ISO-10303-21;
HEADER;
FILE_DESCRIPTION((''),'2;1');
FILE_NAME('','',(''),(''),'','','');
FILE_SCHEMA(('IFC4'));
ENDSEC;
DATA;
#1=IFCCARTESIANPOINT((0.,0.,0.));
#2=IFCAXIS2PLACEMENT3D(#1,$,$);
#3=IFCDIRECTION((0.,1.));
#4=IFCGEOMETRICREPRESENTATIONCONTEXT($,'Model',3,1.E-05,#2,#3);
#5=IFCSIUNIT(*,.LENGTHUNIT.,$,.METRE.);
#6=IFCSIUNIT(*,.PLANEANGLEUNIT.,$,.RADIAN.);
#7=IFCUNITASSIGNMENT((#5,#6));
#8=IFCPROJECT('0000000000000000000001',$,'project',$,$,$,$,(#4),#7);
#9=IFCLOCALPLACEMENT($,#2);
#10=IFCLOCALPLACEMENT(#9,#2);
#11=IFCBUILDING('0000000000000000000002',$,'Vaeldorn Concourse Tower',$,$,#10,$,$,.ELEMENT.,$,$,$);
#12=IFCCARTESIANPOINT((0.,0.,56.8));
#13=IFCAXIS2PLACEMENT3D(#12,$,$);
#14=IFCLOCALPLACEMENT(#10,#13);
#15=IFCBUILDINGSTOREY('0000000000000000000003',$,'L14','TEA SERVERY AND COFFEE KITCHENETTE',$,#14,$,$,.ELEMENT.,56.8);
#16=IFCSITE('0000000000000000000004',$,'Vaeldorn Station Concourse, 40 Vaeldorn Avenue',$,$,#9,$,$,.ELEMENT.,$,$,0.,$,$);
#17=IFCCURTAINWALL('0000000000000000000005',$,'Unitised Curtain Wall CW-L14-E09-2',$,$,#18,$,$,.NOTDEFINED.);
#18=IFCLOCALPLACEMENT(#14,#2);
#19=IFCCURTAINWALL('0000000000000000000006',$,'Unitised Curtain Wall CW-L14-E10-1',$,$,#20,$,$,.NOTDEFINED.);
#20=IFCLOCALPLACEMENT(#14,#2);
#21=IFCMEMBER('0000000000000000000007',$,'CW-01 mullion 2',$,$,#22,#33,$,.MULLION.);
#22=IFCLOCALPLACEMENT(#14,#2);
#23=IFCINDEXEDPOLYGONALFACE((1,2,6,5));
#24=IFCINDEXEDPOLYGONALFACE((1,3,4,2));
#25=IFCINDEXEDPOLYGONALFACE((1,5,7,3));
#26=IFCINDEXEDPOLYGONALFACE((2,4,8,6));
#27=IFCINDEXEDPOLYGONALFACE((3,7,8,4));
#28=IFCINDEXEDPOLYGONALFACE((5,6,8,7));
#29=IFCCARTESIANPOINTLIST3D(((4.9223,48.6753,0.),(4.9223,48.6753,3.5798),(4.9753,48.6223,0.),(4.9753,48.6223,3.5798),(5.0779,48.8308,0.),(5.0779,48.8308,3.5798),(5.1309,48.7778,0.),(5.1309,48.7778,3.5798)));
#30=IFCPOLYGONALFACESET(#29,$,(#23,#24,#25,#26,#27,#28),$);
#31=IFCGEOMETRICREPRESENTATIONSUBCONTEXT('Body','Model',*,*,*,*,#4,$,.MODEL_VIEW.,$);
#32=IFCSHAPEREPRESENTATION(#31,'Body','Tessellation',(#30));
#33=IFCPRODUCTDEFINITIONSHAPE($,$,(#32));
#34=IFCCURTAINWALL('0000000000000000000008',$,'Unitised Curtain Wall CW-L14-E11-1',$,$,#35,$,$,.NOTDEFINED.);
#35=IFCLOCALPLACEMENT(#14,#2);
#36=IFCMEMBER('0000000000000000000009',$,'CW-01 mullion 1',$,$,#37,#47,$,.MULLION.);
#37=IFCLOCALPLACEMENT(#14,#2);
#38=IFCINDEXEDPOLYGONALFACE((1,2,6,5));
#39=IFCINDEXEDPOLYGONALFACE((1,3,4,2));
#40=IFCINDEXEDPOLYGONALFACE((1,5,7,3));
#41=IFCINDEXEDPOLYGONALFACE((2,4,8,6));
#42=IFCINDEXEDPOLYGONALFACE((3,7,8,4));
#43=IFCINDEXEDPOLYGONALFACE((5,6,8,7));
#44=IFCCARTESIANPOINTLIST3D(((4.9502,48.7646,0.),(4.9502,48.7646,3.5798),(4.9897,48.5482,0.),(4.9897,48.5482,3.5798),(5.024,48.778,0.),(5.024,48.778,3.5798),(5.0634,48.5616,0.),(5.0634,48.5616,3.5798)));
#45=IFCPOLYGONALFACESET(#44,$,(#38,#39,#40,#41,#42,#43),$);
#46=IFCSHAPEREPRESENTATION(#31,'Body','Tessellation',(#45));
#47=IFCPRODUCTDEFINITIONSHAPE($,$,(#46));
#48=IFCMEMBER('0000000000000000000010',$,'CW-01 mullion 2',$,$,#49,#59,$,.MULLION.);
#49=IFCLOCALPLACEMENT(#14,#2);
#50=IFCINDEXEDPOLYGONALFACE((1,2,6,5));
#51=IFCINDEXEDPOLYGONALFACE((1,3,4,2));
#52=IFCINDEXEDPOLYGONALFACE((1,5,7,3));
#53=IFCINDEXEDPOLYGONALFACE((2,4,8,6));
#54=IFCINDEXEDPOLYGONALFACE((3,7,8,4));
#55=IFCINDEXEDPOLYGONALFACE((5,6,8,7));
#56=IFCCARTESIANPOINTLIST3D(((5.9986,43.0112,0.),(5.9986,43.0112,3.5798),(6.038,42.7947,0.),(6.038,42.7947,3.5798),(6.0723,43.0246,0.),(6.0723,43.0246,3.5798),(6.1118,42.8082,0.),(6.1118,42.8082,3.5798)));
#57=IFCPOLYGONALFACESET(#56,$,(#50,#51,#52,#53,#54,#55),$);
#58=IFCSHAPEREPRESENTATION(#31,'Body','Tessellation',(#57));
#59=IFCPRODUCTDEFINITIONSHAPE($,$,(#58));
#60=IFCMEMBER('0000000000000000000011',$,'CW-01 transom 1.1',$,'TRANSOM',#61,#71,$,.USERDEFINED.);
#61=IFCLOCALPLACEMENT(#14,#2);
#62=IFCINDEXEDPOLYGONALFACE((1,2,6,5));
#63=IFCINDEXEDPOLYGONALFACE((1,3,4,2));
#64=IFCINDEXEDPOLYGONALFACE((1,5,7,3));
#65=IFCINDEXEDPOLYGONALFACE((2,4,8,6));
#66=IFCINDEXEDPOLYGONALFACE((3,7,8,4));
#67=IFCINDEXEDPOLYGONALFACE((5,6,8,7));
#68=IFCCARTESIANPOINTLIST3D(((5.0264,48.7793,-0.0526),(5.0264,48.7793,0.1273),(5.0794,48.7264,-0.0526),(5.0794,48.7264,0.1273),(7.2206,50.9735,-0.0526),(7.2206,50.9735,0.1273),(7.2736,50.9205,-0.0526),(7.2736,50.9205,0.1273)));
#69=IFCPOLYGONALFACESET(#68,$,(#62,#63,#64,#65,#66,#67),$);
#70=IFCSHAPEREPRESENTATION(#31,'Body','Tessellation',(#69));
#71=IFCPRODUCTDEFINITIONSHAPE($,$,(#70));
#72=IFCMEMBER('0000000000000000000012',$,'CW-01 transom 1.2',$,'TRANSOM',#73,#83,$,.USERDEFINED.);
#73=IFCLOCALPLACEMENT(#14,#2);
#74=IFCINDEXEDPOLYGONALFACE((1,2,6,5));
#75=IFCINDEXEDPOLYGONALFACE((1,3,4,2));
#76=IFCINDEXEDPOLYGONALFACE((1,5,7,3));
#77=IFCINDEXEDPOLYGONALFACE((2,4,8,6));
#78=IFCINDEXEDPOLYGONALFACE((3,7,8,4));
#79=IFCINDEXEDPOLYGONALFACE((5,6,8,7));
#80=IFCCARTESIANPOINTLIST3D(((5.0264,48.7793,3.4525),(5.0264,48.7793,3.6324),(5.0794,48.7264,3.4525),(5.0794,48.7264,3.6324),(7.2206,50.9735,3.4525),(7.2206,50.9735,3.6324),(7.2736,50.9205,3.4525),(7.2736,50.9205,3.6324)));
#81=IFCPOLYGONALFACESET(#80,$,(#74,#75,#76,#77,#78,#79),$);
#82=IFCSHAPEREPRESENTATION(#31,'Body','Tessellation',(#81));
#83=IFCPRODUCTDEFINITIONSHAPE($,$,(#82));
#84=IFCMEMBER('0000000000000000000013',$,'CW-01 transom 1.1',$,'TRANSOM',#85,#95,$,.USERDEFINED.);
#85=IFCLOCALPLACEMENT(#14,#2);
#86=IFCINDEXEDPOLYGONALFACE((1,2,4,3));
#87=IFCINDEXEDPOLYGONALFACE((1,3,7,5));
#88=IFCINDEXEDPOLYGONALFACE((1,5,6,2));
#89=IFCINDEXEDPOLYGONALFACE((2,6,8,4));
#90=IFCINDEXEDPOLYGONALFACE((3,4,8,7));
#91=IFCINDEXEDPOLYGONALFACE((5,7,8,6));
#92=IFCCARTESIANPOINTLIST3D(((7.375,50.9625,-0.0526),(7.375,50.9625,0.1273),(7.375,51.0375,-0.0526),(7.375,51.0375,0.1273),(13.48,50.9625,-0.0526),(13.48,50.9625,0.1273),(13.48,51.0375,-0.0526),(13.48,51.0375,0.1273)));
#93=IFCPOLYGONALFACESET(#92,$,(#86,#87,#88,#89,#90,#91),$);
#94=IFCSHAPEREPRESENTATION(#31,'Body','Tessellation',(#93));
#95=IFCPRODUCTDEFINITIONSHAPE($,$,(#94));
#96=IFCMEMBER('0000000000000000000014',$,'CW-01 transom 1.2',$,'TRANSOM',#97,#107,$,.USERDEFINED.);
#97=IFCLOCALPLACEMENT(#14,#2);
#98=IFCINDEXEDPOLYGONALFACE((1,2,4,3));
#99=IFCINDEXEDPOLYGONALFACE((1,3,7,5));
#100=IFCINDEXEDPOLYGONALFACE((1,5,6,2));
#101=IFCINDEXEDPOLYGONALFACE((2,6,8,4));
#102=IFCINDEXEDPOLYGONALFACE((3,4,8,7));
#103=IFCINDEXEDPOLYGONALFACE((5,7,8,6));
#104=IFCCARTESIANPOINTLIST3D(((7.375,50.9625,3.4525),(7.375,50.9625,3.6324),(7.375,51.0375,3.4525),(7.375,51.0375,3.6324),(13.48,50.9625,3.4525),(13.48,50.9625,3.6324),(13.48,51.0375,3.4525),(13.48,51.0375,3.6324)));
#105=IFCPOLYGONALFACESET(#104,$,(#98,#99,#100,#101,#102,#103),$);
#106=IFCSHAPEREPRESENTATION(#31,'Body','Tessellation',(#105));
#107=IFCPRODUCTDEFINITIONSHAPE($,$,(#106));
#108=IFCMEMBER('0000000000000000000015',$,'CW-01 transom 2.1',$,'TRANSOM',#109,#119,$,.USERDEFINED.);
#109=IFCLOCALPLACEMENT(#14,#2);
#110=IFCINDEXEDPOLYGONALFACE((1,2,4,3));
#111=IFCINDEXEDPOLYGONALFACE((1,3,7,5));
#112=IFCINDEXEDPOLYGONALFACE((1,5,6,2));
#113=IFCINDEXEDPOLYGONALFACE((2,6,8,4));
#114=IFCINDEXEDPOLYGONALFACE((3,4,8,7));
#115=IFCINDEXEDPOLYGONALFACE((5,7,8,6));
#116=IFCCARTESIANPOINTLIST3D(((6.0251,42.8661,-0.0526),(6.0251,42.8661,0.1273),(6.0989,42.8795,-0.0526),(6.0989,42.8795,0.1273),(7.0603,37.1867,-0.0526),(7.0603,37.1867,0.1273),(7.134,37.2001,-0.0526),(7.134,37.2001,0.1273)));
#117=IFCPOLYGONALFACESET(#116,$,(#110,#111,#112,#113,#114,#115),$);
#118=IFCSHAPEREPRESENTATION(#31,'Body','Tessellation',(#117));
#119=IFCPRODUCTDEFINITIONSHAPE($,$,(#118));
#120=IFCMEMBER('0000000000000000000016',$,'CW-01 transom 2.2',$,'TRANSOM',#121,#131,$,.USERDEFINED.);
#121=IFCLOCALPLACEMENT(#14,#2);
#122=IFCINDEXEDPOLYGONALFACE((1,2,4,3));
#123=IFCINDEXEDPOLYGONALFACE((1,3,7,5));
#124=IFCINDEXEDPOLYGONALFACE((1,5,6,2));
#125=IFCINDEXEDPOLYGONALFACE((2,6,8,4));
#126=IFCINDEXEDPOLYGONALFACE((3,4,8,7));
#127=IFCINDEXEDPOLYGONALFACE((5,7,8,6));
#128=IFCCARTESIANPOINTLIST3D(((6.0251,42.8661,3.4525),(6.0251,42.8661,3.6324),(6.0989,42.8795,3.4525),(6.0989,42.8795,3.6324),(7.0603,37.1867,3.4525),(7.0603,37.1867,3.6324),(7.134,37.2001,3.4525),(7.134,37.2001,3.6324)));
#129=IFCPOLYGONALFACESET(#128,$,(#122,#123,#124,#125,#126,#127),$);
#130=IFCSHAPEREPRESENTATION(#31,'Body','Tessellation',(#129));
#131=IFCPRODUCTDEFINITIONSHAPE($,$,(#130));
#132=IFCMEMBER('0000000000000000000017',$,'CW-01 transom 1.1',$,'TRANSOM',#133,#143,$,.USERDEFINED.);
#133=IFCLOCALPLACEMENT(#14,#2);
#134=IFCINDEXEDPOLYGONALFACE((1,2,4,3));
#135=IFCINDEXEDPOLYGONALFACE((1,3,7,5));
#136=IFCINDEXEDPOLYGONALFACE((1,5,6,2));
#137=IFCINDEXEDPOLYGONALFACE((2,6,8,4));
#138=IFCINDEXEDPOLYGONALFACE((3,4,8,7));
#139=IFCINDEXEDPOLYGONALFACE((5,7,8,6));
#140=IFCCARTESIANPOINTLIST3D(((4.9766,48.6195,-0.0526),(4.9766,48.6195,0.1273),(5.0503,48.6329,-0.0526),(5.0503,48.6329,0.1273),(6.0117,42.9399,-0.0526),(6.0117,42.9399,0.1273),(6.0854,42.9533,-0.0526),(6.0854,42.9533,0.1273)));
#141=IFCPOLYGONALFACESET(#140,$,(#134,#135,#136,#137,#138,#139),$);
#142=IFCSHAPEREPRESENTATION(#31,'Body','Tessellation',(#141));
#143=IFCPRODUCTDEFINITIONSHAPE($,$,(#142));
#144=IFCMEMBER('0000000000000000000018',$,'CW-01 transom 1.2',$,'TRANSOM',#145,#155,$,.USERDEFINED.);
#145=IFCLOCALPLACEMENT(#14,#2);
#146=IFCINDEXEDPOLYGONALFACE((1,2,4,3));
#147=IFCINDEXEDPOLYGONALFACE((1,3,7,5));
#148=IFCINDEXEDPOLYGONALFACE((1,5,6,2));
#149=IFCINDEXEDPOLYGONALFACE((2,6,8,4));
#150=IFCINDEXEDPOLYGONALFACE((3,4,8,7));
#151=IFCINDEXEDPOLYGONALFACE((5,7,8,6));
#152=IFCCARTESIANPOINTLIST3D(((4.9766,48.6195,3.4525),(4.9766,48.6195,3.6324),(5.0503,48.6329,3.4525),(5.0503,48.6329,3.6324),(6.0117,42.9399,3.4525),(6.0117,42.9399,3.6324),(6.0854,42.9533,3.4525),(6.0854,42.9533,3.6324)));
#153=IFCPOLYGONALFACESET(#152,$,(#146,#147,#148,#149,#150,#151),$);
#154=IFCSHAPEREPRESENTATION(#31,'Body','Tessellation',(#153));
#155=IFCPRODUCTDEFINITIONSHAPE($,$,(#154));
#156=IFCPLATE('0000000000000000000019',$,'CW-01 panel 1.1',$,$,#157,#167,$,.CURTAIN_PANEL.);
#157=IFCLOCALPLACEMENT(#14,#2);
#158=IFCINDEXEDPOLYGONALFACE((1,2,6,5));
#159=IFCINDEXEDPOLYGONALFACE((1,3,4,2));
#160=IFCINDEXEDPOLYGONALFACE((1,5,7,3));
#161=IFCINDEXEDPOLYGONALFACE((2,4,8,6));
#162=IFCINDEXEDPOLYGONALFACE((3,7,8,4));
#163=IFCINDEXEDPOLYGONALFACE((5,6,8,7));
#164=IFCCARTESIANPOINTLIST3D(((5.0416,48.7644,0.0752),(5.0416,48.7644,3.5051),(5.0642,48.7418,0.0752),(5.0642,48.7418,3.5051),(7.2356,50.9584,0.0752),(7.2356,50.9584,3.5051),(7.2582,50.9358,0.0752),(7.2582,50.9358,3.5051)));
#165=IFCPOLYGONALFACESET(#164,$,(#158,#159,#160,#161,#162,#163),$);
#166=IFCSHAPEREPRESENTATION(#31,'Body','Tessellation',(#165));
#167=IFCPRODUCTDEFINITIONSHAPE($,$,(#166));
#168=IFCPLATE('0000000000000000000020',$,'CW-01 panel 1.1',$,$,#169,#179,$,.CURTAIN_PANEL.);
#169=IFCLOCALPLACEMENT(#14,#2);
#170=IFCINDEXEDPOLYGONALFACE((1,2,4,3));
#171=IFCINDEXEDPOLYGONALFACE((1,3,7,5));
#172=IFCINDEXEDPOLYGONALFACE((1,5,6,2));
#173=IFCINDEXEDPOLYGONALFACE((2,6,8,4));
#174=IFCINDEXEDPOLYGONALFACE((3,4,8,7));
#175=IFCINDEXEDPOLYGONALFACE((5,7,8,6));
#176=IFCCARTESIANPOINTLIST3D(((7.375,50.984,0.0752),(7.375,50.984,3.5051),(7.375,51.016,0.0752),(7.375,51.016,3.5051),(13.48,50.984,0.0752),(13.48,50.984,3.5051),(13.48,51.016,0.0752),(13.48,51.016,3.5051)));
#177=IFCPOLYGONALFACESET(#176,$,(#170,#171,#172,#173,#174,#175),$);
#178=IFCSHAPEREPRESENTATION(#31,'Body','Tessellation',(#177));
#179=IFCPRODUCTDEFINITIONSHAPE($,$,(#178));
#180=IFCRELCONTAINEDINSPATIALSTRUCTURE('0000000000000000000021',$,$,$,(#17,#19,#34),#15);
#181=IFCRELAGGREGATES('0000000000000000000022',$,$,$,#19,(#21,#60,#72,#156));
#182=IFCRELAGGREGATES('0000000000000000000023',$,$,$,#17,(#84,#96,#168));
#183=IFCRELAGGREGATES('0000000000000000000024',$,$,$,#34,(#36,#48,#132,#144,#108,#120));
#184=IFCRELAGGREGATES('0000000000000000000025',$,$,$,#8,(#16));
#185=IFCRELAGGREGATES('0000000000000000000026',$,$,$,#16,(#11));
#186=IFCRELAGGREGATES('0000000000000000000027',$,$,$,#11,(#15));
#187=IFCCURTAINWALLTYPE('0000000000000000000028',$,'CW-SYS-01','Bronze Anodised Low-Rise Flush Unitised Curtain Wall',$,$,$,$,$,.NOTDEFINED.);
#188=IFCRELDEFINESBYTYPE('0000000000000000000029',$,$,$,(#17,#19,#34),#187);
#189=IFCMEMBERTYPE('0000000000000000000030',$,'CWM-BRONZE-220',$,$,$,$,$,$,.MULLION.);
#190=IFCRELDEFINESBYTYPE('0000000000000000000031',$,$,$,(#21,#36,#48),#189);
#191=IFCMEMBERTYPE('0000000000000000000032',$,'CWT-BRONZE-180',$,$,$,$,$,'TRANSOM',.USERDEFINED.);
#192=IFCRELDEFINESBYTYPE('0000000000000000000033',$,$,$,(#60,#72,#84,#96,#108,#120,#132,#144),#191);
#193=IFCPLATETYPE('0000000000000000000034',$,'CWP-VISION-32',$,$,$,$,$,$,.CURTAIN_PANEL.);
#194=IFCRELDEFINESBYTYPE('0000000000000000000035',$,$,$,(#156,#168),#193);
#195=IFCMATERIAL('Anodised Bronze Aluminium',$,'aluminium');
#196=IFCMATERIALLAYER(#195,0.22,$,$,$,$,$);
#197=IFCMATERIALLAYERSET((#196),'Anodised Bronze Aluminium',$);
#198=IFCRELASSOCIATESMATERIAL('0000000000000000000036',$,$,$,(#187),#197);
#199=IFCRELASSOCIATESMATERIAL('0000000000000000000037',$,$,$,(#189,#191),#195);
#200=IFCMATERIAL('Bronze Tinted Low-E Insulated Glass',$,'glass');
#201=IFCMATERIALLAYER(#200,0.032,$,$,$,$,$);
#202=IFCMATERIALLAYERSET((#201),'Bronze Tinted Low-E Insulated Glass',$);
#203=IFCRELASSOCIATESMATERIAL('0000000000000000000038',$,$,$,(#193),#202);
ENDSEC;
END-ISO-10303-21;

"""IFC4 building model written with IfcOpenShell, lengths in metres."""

from ifc_helpers import new_model, si_unit, direction, frame, origin, origin_2d, place, context, subcontext, project, spatial, rectangle, extrude, source, transform, mapped, material, layer, layer_set, material_profile, profile_set, type_object, element, aggregate, save


model = new_model("IFC4")

# Units and contexts
model_context = context("Model", 3, precision=1e-05, world=origin(), true_north=direction((0.0, 1.0)))
body_context = subcontext(model_context, "Body", "Model", "MODEL_VIEW")
ifc_project = project(units=[si_unit("LENGTHUNIT", "METRE"), si_unit("PLANEANGLEUNIT", "RADIAN")], contexts=[model_context])

# Site, building, storey
site_placement = place(None, origin())
site = spatial("IfcSite", under=ifc_project, at=site_placement, Name="Vaeldorn Station Concourse, 40 Vaeldorn Avenue", CompositionType="ELEMENT", RefElevation=0.0)
building_placement = place(site_placement, origin())
building = spatial("IfcBuilding", under=site, at=building_placement, Name="Vaeldorn Concourse Tower", CompositionType="ELEMENT")
storey_placement = place(building_placement, frame((0.0, 0.0, 56.8)))
storey = spatial("IfcBuildingStorey", under=building, at=storey_placement, Name="L14", Description="TEA SERVERY AND COFFEE KITCHENETTE", CompositionType="ELEMENT", Elevation=56.8)

# Curtain walls, members
ifc_material_1 = material(Name="Anodised Bronze Aluminium", Category="aluminium")
ifc_layer_1 = layer(ifc_material_1, 0.22)
ifc_layer_set_1 = layer_set([ifc_layer_1], Name="Anodised Bronze Aluminium")
curtain_wall_type = type_object("IfcCurtainWallType", Name="CW-SYS-01", Description="Bronze Anodised Low-Rise Flush Unitised Curtain Wall", PredefinedType="NOTDEFINED", material=ifc_layer_set_1)
curtain_wall_1_placement = place(storey_placement, origin())
curtain_wall_1 = element("IfcCurtainWall", 1, at=curtain_wall_1_placement, inside=storey, type_object=curtain_wall_type, Name="Unitised Curtain Wall CW-L14-E09-2", PredefinedType="NOTDEFINED")
ifc_material_profile_1 = material_profile(ifc_material_1, rectangle(XDim=0.075, YDim=0.22, at=origin_2d()), Name="CWM 75x220")
ifc_profile_set_1 = profile_set([ifc_material_profile_1], Name="Anodised Bronze Aluminium")
member_type_1 = type_object("IfcMemberType", Name="CWM-BRONZE-220", PredefinedType="MULLION", material=ifc_profile_set_1)
shared_shape_1 = source(origin(), body_context, "Body", "SweptSolid", [
    extrude(rectangle(XDim=0.075, YDim=0.22, at=origin_2d()), origin(), (0.0, 0.0, 1.0), 3.5798),
])
curtain_wall_2_placement = place(storey_placement, origin())
curtain_wall_2 = element("IfcCurtainWall", 2, at=curtain_wall_2_placement, inside=storey, type_object=curtain_wall_type, Name="Unitised Curtain Wall CW-L14-E10-1", PredefinedType="NOTDEFINED")
member_1_placement = place(storey_placement, frame((5.0266, 48.7266, 0.0), z_axis=(0.0, 0.0, 1.0), x_axis=(0.707107, -0.707107, 0.0)))
member_1 = element("IfcMember", 3, at=member_1_placement, type_object=member_type_1, Name="CW-01 mullion 2", PredefinedType="MULLION", context=body_context, shape_type="MappedRepresentation", body=[
    mapped(shared_shape_1, transform((0.0, 0.0, 0.0), scale=1.0)),
])
curtain_wall_3_placement = place(storey_placement, origin())
curtain_wall_3 = element("IfcCurtainWall", 4, at=curtain_wall_3_placement, inside=storey, type_object=curtain_wall_type, Name="Unitised Curtain Wall CW-L14-E11-1", PredefinedType="NOTDEFINED")
member_2_placement = place(storey_placement, frame((5.0068, 48.6631, 0.0), z_axis=(0.0, 0.0, 1.0), x_axis=(0.983796, 0.179293, 0.0)))
member_2 = element("IfcMember", 5, at=member_2_placement, type_object=member_type_1, Name="CW-01 mullion 1", PredefinedType="MULLION", context=body_context, shape_type="MappedRepresentation", body=[
    mapped(shared_shape_1, transform((0.0, 0.0, 0.0), scale=1.0)),
])
member_3_placement = place(storey_placement, frame((6.0552, 42.9097, 0.0), z_axis=(0.0, 0.0, 1.0), x_axis=(0.983796, 0.179293, 0.0)))
member_3 = element("IfcMember", 6, at=member_3_placement, type_object=member_type_1, Name="CW-01 mullion 2", PredefinedType="MULLION", context=body_context, shape_type="MappedRepresentation", body=[
    mapped(shared_shape_1, transform((0.0, 0.0, 0.0), scale=1.0)),
])

# Members
ifc_material_profile_2 = material_profile(ifc_material_1, rectangle(XDim=0.075, YDim=0.1799, at=origin_2d()), Name="CWT 75x180")
ifc_profile_set_2 = profile_set([ifc_material_profile_2], Name="Anodised Bronze Aluminium")
member_type_2 = type_object("IfcMemberType", Name="CWT-BRONZE-180", ElementType="TRANSOM", PredefinedType="USERDEFINED", material=ifc_profile_set_2)
shared_shape_2 = source(origin(), body_context, "Body", "SweptSolid", [
    extrude(rectangle(XDim=0.075, YDim=0.1799, at=origin_2d()), origin(), (0.0, 0.0, 1.0), 3.103),
])
member_4_placement = place(storey_placement, frame((7.2471, 50.947, 0.0374), z_axis=(-0.707107, -0.707107, 0.0), x_axis=(0.707107, -0.707107, 0.0)))
member_4 = element("IfcMember", 7, at=member_4_placement, type_object=member_type_2, Name="CW-01 transom 1.1", ObjectType="TRANSOM", PredefinedType="USERDEFINED", context=body_context, shape_type="MappedRepresentation", body=[
    mapped(shared_shape_2, transform((0.0, 0.0, 0.0), scale=1.0)),
])
member_5_placement = place(storey_placement, frame((7.2471, 50.947, 3.5425), z_axis=(-0.707107, -0.707107, 0.0), x_axis=(0.707107, -0.707107, 0.0)))
member_5 = element("IfcMember", 8, at=member_5_placement, type_object=member_type_2, Name="CW-01 transom 1.2", ObjectType="TRANSOM", PredefinedType="USERDEFINED", context=body_context, shape_type="MappedRepresentation", body=[
    mapped(shared_shape_2, transform((0.0, 0.0, 0.0), scale=1.0)),
])
shared_shape_3 = source(origin(), body_context, "Body", "SweptSolid", [
    extrude(rectangle(XDim=0.075, YDim=0.1799, at=origin_2d()), origin(), (0.0, 0.0, 1.0), 6.105),
])
member_6_placement = place(storey_placement, frame((13.48, 51.0, 0.0374), z_axis=(-1.0, 0.0, 0.0), x_axis=(0.0, -1.0, 0.0)))
member_6 = element("IfcMember", 9, at=member_6_placement, type_object=member_type_2, Name="CW-01 transom 1.1", ObjectType="TRANSOM", PredefinedType="USERDEFINED", context=body_context, shape_type="MappedRepresentation", body=[
    mapped(shared_shape_3, transform((0.0, 0.0, 0.0), scale=1.0)),
])
member_7_placement = place(storey_placement, frame((13.48, 51.0, 3.5425), z_axis=(-1.0, 0.0, 0.0), x_axis=(0.0, -1.0, 0.0)))
member_7 = element("IfcMember", 10, at=member_7_placement, type_object=member_type_2, Name="CW-01 transom 1.2", ObjectType="TRANSOM", PredefinedType="USERDEFINED", context=body_context, shape_type="MappedRepresentation", body=[
    mapped(shared_shape_3, transform((0.0, 0.0, 0.0), scale=1.0)),
])
shared_shape_4 = source(origin(), body_context, "Body", "SweptSolid", [
    extrude(rectangle(XDim=0.075, YDim=0.1799, at=origin_2d()), origin(), (0.0, 0.0, 1.0), 5.7729),
])
member_8_placement = place(storey_placement, frame((6.062, 42.8728, 0.0374), z_axis=(0.17931, -0.983793, 0.0), x_axis=(0.983793, 0.17931, 0.0)))
member_8 = element("IfcMember", 11, at=member_8_placement, type_object=member_type_2, Name="CW-01 transom 2.1", ObjectType="TRANSOM", PredefinedType="USERDEFINED", context=body_context, shape_type="MappedRepresentation", body=[
    mapped(shared_shape_4, transform((0.0, 0.0, 0.0), scale=1.0)),
])
member_9_placement = place(storey_placement, frame((6.062, 42.8728, 3.5425), z_axis=(0.17931, -0.983793, 0.0), x_axis=(0.983793, 0.17931, 0.0)))
member_9 = element("IfcMember", 12, at=member_9_placement, type_object=member_type_2, Name="CW-01 transom 2.2", ObjectType="TRANSOM", PredefinedType="USERDEFINED", context=body_context, shape_type="MappedRepresentation", body=[
    mapped(shared_shape_4, transform((0.0, 0.0, 0.0), scale=1.0)),
])
shared_shape_5 = source(origin(), body_context, "Body", "SweptSolid", [
    extrude(rectangle(XDim=0.075, YDim=0.1799, at=origin_2d()), origin(), (0.0, 0.0, 1.0), 5.7732),
])
member_10_placement = place(storey_placement, frame((5.0134, 48.6262, 0.0374), z_axis=(0.179302, -0.983794, 0.0), x_axis=(0.983794, 0.179302, 0.0)))
member_10 = element("IfcMember", 13, at=member_10_placement, type_object=member_type_2, Name="CW-01 transom 1.1", ObjectType="TRANSOM", PredefinedType="USERDEFINED", context=body_context, shape_type="MappedRepresentation", body=[
    mapped(shared_shape_5, transform((0.0, 0.0, 0.0), scale=1.0)),
])
member_11_placement = place(storey_placement, frame((5.0134, 48.6262, 3.5425), z_axis=(0.179302, -0.983794, 0.0), x_axis=(0.983794, 0.179302, 0.0)))
member_11 = element("IfcMember", 14, at=member_11_placement, type_object=member_type_2, Name="CW-01 transom 1.2", ObjectType="TRANSOM", PredefinedType="USERDEFINED", context=body_context, shape_type="MappedRepresentation", body=[
    mapped(shared_shape_5, transform((0.0, 0.0, 0.0), scale=1.0)),
])

# Plates
ifc_material_2 = material(Name="Bronze Tinted Low-E Insulated Glass", Category="glass")
ifc_layer_2 = layer(ifc_material_2, 0.032)
ifc_layer_set_2 = layer_set([ifc_layer_2], Name="Bronze Tinted Low-E Insulated Glass")
plate_type = type_object("IfcPlateType", Name="CWP-VISION-32", PredefinedType="CURTAIN_PANEL", material=ifc_layer_set_2)
shared_shape_6 = source(origin(), body_context, "Body", "SweptSolid", [
    extrude(rectangle(XDim=3.1028, YDim=0.032, at=origin_2d()), origin(), (0.0, 0.0, 1.0), 3.4299),
])
plate_1_placement = place(storey_placement, frame((6.1499, 49.8501, 0.0752), z_axis=(0.0, 0.0, 1.0), x_axis=(-0.707107, -0.707107, 0.0)))
plate_1 = element("IfcPlate", 15, at=plate_1_placement, type_object=plate_type, Name="CW-01 panel 1.1", PredefinedType="CURTAIN_PANEL", context=body_context, shape_type="MappedRepresentation", body=[
    mapped(shared_shape_6, transform((0.0, 0.0, 0.0), scale=1.0)),
])
aggregate(curtain_wall_2, [member_1, member_4, member_5, plate_1])
shared_shape_7 = source(origin(), body_context, "Body", "SweptSolid", [
    extrude(rectangle(XDim=6.105, YDim=0.032, at=origin_2d()), origin(), (0.0, 0.0, 1.0), 3.4299),
])
plate_2_placement = place(storey_placement, frame((10.4275, 51.0, 0.0752), z_axis=(0.0, 0.0, 1.0), x_axis=(-1.0, 0.0, 0.0)))
plate_2 = element("IfcPlate", 16, at=plate_2_placement, type_object=plate_type, Name="CW-01 panel 1.1", PredefinedType="CURTAIN_PANEL", context=body_context, shape_type="MappedRepresentation", body=[
    mapped(shared_shape_7, transform((0.0, 0.0, 0.0), scale=1.0)),
])
aggregate(curtain_wall_1, [member_6, member_7, plate_2])
aggregate(curtain_wall_3, [member_2, member_3, member_10, member_11, member_8, member_9])

save(model, "model.ifc")
